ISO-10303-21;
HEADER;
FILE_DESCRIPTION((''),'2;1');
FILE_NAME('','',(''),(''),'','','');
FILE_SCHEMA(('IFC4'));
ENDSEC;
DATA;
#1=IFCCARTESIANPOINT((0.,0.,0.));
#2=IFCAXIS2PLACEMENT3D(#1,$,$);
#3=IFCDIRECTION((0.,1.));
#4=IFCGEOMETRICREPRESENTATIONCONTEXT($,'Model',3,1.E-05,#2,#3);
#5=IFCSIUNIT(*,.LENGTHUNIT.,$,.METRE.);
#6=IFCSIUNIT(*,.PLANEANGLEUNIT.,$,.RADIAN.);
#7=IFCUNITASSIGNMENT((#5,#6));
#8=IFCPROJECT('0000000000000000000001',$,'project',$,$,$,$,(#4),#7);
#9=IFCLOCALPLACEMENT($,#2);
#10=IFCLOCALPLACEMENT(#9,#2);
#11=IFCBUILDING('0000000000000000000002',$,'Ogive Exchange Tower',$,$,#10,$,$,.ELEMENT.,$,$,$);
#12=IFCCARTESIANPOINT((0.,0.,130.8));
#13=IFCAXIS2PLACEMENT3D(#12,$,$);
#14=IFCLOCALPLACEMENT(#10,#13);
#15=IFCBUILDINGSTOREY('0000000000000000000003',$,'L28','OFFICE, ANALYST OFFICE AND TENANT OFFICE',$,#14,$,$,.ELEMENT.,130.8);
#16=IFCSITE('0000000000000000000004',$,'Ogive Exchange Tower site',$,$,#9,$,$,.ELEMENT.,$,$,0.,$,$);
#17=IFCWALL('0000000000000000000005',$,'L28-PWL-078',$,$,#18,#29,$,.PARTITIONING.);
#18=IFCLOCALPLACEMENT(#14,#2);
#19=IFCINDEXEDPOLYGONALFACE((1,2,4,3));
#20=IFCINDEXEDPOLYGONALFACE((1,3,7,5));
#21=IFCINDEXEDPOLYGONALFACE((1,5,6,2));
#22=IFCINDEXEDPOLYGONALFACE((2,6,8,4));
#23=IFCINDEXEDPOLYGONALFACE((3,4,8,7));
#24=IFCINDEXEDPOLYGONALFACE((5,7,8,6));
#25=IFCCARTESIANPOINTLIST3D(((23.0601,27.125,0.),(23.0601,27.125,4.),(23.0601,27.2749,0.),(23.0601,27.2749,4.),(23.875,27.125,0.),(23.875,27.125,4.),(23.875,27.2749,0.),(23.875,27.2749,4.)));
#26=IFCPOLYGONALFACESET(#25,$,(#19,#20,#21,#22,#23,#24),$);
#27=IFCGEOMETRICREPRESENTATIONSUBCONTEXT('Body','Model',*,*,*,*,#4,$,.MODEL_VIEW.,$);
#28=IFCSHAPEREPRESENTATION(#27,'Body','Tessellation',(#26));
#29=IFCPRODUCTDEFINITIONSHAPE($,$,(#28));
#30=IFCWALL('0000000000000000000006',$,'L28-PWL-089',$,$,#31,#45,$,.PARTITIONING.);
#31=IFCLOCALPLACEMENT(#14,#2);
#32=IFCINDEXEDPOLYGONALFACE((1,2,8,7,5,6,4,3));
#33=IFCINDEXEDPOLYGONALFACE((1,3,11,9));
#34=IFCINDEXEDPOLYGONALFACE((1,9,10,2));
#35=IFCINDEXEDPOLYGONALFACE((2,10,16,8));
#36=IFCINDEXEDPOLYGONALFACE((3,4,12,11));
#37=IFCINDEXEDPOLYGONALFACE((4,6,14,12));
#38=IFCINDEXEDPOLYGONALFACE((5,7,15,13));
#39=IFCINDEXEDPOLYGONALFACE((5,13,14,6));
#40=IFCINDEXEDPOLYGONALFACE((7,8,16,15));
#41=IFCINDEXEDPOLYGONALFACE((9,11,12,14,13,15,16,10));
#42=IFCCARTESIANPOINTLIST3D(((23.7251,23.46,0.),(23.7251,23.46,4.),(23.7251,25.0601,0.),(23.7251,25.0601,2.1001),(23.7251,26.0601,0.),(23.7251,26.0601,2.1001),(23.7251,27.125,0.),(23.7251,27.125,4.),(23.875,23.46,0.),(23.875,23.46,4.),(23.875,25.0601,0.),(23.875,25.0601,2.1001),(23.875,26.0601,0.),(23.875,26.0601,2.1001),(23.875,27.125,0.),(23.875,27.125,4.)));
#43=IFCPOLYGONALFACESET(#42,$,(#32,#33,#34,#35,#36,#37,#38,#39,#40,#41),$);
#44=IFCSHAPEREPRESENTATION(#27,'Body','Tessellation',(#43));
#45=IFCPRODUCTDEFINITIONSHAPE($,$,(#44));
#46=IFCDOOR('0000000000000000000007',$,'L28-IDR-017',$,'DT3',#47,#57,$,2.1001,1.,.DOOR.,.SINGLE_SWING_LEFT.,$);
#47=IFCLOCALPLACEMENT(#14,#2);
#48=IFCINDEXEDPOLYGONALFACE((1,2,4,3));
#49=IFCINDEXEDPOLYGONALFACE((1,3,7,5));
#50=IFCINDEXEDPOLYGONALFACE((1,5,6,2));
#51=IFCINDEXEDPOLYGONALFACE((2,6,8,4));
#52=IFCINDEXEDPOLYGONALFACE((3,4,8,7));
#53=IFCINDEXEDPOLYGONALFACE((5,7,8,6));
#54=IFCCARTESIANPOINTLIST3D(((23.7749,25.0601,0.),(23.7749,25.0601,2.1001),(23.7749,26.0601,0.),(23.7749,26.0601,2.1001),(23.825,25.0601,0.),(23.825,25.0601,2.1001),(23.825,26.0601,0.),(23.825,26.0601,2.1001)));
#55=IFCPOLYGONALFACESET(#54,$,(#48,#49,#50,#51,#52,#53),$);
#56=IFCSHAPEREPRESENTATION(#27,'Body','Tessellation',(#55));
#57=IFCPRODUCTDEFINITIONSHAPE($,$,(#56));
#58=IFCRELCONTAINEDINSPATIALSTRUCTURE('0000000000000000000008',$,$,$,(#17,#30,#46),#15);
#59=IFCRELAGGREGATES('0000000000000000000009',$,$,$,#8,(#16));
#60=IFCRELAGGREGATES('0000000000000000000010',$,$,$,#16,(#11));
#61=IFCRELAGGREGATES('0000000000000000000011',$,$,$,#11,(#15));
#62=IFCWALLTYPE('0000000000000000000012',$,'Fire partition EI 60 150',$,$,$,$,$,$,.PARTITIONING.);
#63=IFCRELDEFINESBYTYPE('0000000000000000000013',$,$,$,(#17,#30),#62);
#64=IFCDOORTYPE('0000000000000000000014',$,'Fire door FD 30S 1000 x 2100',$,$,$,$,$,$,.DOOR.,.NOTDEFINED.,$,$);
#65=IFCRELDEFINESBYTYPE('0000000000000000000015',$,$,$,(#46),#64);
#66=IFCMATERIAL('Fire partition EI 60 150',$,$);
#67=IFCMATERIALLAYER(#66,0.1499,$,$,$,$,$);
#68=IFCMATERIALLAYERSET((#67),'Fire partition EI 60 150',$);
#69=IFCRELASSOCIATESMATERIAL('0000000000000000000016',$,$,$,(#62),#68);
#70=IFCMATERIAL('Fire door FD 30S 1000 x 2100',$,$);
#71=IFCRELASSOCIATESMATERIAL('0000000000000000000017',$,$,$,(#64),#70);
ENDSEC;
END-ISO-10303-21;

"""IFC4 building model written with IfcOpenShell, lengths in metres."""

from ifc_helpers import new_model, si_unit, direction, frame, frame_2d, origin, place, context, subcontext, project, spatial, rectangle, extrude, material, layer, layer_set, type_object, element, fill, save


model = new_model("IFC4")

# Units and contexts
model_context = context("Model", 3, precision=1e-05, world=origin(), true_north=direction((0.0, 1.0)))
body_context = subcontext(model_context, "Body", "Model", "MODEL_VIEW")
ifc_project = project(units=[si_unit("LENGTHUNIT", "METRE"), si_unit("PLANEANGLEUNIT", "RADIAN")], contexts=[model_context])

# Site, building, storey
site_placement = place(None, origin())
site = spatial("IfcSite", under=ifc_project, at=site_placement, Name="Ogive Exchange Tower site", CompositionType="ELEMENT", RefElevation=0.0)
building_placement = place(site_placement, origin())
building = spatial("IfcBuilding", under=site, at=building_placement, Name="Ogive Exchange Tower", CompositionType="ELEMENT")
storey_placement = place(building_placement, frame((0.0, 0.0, 130.8)))
storey = spatial("IfcBuildingStorey", under=building, at=storey_placement, Name="L28", Description="OFFICE, ANALYST OFFICE AND TENANT OFFICE", CompositionType="ELEMENT", Elevation=130.8)

# Wall
ifc_material_1 = material(Name="Fire partition EI 60 150")
ifc_layer_1 = layer(ifc_material_1, 0.1499)
ifc_layer_set_1 = layer_set([ifc_layer_1], Name="Fire partition EI 60 150")
wall_type_1 = type_object("IfcWallType", Name="Fire partition EI 60 150", PredefinedType="PARTITIONING", material=ifc_layer_set_1)
wall_1_placement = place(storey_placement, frame((23.0601, 27.2, 0.0), z_axis=(0.0, 0.0, 1.0), x_axis=(1.0, 0.0, 0.0)))
element("IfcWall", 1, at=wall_1_placement, inside=storey, type_object=wall_type_1, Name="L28-PWL-078", PredefinedType="PARTITIONING", context=body_context, shape_type="SweptSolid", body=[
    extrude(rectangle(XDim=0.8149, YDim=0.1499, at=frame_2d((0.4075, 0.0))), origin(), (0.0, 0.0, 1.0), 4.0),
])

# Wall, opening, door
wall_2_placement = place(storey_placement, frame((23.8, 27.125, 0.0), z_axis=(0.0, 0.0, 1.0), x_axis=(0.0, -1.0, 0.0)))
wall_2 = element("IfcWall", 2, at=wall_2_placement, inside=storey, type_object=wall_type_1, Name="L28-PWL-089", PredefinedType="PARTITIONING", context=body_context, shape_type="SweptSolid", body=[
    extrude(rectangle(XDim=3.665, YDim=0.1499, at=frame_2d((1.8325, 0.0))), origin(), (0.0, 0.0, 1.0), 4.0),
])
opening_1_placement = place(wall_2_placement, frame((1.0649, 0.0, 0.0)))
opening_1 = element("IfcOpeningElement", 3, at=opening_1_placement, cuts=wall_2, PredefinedType="OPENING", context=body_context, shape_type="SweptSolid", body=[
    extrude(rectangle(XDim=1.0, YDim=2.1001, at=frame_2d((0.5, 1.05))), frame((0.0, 0.085, 0.0), z_axis=(0.0, -1.0, 0.0), x_axis=(1.0, 0.0, 0.0)), (0.0, 0.0, 1.0), 0.1699),
])
ifc_material_2 = material(Name="Fire door FD 30S 1000 x 2100")
door_type_1 = type_object("IfcDoorType", Name="Fire door FD 30S 1000 x 2100", OperationType="NOTDEFINED", PredefinedType="DOOR", material=ifc_material_2)
door_1_placement = place(opening_1_placement, origin())
door_1 = element("IfcDoor", 4, at=door_1_placement, inside=storey, type_object=door_type_1, Name="L28-IDR-017", ObjectType="DT3", OperationType="SINGLE_SWING_LEFT", OverallHeight=2.1001, OverallWidth=1.0, PredefinedType="DOOR", context=body_context, shape_type="SweptSolid", body=[
    extrude(rectangle(XDim=1.0, YDim=2.1001, at=frame_2d((0.5, 1.05))), frame((0.0, 0.0249, 0.0), z_axis=(0.0, -1.0, 0.0), x_axis=(1.0, 0.0, 0.0)), (0.0, 0.0, 1.0), 0.05),
])
fill(opening_1, door_1)

save(model, "model.ifc")
